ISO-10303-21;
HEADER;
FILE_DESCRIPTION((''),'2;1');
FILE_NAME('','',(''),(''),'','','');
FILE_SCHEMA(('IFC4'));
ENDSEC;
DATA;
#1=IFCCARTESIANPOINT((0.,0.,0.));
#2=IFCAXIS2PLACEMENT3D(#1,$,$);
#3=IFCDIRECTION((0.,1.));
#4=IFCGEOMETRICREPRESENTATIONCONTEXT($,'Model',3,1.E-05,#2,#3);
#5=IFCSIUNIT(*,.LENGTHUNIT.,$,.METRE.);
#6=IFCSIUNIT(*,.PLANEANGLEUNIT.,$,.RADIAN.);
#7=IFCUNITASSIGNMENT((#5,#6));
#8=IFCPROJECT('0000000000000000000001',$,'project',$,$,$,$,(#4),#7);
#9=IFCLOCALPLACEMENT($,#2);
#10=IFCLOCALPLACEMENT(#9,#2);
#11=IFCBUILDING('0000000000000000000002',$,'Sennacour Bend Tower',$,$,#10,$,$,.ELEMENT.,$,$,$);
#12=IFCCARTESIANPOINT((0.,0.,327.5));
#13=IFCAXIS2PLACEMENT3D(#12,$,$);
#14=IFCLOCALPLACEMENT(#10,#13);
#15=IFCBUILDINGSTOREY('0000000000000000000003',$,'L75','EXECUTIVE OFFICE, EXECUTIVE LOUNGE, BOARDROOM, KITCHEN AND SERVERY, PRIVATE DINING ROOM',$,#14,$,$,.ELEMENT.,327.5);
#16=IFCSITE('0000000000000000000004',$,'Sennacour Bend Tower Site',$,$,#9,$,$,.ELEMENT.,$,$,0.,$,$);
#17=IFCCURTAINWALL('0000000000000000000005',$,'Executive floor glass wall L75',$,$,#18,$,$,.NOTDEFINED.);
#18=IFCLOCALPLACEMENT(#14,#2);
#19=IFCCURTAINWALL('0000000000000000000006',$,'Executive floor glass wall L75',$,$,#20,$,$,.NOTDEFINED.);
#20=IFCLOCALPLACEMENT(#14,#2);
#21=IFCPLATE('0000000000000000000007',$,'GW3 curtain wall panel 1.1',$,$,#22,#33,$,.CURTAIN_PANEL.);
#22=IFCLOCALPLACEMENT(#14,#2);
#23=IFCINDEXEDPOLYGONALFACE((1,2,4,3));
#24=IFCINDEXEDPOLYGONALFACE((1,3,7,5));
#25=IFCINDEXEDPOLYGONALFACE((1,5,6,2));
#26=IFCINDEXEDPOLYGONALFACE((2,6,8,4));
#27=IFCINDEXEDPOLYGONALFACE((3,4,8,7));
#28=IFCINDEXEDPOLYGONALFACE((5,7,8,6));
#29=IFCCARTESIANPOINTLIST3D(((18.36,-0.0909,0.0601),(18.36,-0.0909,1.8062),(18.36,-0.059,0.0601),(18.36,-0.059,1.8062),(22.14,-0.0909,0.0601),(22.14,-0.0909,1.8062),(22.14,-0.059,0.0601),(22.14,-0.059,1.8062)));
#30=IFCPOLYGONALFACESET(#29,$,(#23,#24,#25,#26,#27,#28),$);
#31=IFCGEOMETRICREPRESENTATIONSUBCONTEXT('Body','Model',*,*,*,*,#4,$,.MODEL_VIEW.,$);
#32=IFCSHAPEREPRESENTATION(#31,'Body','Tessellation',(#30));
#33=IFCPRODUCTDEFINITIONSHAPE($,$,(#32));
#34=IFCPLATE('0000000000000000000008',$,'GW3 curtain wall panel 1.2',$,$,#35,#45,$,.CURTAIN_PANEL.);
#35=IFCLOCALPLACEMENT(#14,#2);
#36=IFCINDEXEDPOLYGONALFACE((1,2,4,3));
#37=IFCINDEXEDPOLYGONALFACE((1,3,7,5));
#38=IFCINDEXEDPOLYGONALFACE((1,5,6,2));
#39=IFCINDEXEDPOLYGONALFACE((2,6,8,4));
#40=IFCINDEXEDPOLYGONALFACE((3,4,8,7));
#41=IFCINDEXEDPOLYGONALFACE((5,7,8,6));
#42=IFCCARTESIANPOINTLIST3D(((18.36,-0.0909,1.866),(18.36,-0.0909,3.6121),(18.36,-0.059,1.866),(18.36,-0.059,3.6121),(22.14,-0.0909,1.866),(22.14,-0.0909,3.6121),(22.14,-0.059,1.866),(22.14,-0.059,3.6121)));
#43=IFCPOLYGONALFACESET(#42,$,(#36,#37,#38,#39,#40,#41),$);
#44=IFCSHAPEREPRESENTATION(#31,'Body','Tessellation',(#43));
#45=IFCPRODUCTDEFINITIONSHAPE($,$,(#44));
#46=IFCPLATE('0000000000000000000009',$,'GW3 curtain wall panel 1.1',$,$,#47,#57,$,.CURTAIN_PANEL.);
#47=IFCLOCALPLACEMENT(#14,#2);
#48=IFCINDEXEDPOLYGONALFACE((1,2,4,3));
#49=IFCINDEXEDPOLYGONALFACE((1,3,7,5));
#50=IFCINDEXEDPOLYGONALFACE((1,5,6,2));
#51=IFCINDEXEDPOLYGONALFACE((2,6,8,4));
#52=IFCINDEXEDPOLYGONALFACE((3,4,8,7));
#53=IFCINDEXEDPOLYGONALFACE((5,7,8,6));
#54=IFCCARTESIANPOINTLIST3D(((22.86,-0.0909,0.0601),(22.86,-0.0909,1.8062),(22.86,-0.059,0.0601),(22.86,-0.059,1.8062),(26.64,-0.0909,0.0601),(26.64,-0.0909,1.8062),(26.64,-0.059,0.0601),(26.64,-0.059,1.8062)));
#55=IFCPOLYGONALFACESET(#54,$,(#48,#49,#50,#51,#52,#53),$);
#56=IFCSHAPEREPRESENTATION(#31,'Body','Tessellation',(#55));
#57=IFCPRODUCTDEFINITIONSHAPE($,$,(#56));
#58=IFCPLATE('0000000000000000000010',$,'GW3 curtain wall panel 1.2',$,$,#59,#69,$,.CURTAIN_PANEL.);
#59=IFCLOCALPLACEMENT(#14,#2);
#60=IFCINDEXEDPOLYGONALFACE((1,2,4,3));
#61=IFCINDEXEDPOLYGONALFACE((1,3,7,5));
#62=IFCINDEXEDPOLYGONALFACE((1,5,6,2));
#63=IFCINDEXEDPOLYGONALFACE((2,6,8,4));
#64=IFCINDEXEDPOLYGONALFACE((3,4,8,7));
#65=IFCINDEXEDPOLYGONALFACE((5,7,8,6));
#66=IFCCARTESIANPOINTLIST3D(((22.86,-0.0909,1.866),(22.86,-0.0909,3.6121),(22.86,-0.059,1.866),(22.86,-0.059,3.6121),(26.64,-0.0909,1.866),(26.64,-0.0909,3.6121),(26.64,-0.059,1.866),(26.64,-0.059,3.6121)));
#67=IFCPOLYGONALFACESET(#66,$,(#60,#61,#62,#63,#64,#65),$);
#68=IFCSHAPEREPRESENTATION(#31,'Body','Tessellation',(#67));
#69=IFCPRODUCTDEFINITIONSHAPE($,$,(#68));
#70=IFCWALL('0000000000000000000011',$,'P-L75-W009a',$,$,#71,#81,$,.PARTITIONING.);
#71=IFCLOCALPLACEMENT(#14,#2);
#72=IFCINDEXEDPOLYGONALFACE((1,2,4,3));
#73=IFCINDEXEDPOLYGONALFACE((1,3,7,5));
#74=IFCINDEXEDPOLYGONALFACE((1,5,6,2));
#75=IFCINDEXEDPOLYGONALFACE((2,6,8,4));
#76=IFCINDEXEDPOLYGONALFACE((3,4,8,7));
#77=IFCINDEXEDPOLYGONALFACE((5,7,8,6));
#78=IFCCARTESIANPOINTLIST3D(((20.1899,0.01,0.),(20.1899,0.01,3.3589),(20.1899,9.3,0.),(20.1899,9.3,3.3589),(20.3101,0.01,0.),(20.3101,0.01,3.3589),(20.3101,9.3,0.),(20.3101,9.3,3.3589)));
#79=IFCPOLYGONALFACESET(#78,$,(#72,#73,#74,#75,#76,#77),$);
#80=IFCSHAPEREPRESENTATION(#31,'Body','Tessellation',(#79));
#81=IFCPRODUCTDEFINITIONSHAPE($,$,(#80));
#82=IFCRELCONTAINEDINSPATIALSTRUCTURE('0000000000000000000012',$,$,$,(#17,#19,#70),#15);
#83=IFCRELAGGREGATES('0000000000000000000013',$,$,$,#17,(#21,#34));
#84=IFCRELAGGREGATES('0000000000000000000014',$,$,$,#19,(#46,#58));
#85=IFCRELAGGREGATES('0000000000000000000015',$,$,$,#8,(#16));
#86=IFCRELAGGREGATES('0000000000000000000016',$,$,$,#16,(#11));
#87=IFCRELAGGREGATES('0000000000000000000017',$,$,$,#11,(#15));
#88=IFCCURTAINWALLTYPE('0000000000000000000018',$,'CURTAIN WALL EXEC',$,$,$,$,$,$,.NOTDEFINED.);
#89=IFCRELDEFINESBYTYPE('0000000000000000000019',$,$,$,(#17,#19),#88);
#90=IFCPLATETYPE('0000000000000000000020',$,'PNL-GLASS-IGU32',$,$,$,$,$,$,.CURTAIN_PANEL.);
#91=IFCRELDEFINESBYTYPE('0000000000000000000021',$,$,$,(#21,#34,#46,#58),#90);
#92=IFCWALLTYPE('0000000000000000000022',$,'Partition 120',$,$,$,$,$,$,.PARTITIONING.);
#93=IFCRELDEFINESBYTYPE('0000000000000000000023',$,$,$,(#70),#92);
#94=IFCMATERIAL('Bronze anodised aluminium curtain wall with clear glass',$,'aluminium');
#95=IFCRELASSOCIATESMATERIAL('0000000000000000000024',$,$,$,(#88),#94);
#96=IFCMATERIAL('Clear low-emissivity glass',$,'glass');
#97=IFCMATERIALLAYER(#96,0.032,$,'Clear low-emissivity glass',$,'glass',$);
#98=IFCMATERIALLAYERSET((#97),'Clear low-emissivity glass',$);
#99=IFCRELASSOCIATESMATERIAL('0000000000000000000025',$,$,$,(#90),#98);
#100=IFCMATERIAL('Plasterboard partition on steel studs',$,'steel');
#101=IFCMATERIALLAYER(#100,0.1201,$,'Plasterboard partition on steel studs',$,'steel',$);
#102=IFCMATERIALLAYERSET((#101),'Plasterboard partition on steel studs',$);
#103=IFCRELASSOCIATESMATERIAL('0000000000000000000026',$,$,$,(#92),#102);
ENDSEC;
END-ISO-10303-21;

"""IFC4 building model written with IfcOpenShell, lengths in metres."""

from ifc_helpers import new_model, si_unit, direction, frame, frame_2d, origin, origin_2d, place, context, subcontext, project, spatial, rectangle, extrude, material, layer, layer_set, type_object, element, aggregate, save


model = new_model("IFC4")

# Units and contexts
model_context = context("Model", 3, precision=1e-05, world=origin(), true_north=direction((0.0, 1.0)))
body_context = subcontext(model_context, "Body", "Model", "MODEL_VIEW")
ifc_project = project(units=[si_unit("LENGTHUNIT", "METRE"), si_unit("PLANEANGLEUNIT", "RADIAN")], contexts=[model_context])

# Site, building, storey
site_placement = place(None, origin())
site = spatial("IfcSite", under=ifc_project, at=site_placement, Name="Sennacour Bend Tower Site", CompositionType="ELEMENT", RefElevation=0.0)
building_placement = place(site_placement, origin())
building = spatial("IfcBuilding", under=site, at=building_placement, Name="Sennacour Bend Tower", CompositionType="ELEMENT")
storey_placement = place(building_placement, frame((0.0, 0.0, 327.5)))
storey = spatial("IfcBuildingStorey", under=building, at=storey_placement, Name="L75", Description="EXECUTIVE OFFICE, EXECUTIVE LOUNGE, BOARDROOM, KITCHEN AND SERVERY, PRIVATE DINING ROOM", CompositionType="ELEMENT", Elevation=327.5)

# Curtain walls
ifc_material_1 = material(Name="Bronze anodised aluminium curtain wall with clear glass", Category="aluminium")
curtain_wall_type = type_object("IfcCurtainWallType", Name="CURTAIN WALL EXEC", PredefinedType="NOTDEFINED", material=ifc_material_1)
curtain_wall_1_placement = place(storey_placement, origin())
curtain_wall_1 = element("IfcCurtainWall", 1, at=curtain_wall_1_placement, inside=storey, type_object=curtain_wall_type, Name="Executive floor glass wall L75", PredefinedType="NOTDEFINED")
curtain_wall_2_placement = place(storey_placement, origin())
curtain_wall_2 = element("IfcCurtainWall", 2, at=curtain_wall_2_placement, inside=storey, type_object=curtain_wall_type, Name="Executive floor glass wall L75", PredefinedType="NOTDEFINED")

# Plates
ifc_material_2 = material(Name="Clear low-emissivity glass", Category="glass")
ifc_layer_1 = layer(ifc_material_2, 0.032, Name="Clear low-emissivity glass", Category="glass")
ifc_layer_set_1 = layer_set([ifc_layer_1], Name="Clear low-emissivity glass")
plate_type = type_object("IfcPlateType", Name="PNL-GLASS-IGU32", PredefinedType="CURTAIN_PANEL", material=ifc_layer_set_1)
plate_1_placement = place(storey_placement, frame((20.25, -0.075, 0.0601), z_axis=(0.0, 0.0, 1.0), x_axis=(1.0, 0.0, 0.0)))
plate_1 = element("IfcPlate", 3, at=plate_1_placement, type_object=plate_type, Name="GW3 curtain wall panel 1.1", PredefinedType="CURTAIN_PANEL", context=body_context, shape_type="SweptSolid", body=[
    extrude(rectangle(XDim=3.78, YDim=0.032, at=origin_2d()), origin(), (0.0, 0.0, 1.0), 1.7461),
])
plate_2_placement = place(storey_placement, frame((20.25, -0.075, 1.866), z_axis=(0.0, 0.0, 1.0), x_axis=(1.0, 0.0, 0.0)))
plate_2 = element("IfcPlate", 4, at=plate_2_placement, type_object=plate_type, Name="GW3 curtain wall panel 1.2", PredefinedType="CURTAIN_PANEL", context=body_context, shape_type="SweptSolid", body=[
    extrude(rectangle(XDim=3.78, YDim=0.032, at=origin_2d()), origin(), (0.0, 0.0, 1.0), 1.7461),
])
aggregate(curtain_wall_1, [plate_1, plate_2])
plate_3_placement = place(storey_placement, frame((24.75, -0.075, 0.0601), z_axis=(0.0, 0.0, 1.0), x_axis=(1.0, 0.0, 0.0)))
plate_3 = element("IfcPlate", 5, at=plate_3_placement, type_object=plate_type, Name="GW3 curtain wall panel 1.1", PredefinedType="CURTAIN_PANEL", context=body_context, shape_type="SweptSolid", body=[
    extrude(rectangle(XDim=3.78, YDim=0.032, at=origin_2d()), origin(), (0.0, 0.0, 1.0), 1.7461),
])
plate_4_placement = place(storey_placement, frame((24.75, -0.075, 1.866), z_axis=(0.0, 0.0, 1.0), x_axis=(1.0, 0.0, 0.0)))
plate_4 = element("IfcPlate", 6, at=plate_4_placement, type_object=plate_type, Name="GW3 curtain wall panel 1.2", PredefinedType="CURTAIN_PANEL", context=body_context, shape_type="SweptSolid", body=[
    extrude(rectangle(XDim=3.78, YDim=0.032, at=origin_2d()), origin(), (0.0, 0.0, 1.0), 1.7461),
])
aggregate(curtain_wall_2, [plate_3, plate_4])

# Wall
ifc_material_3 = material(Name="Plasterboard partition on steel studs", Category="steel")
ifc_layer_2 = layer(ifc_material_3, 0.1201, Name="Plasterboard partition on steel studs", Category="steel")
ifc_layer_set_2 = layer_set([ifc_layer_2], Name="Plasterboard partition on steel studs")
wall_type = type_object("IfcWallType", Name="Partition 120", PredefinedType="PARTITIONING", material=ifc_layer_set_2)
wall_placement = place(storey_placement, frame((20.25, 0.01, 0.0), z_axis=(0.0, 0.0, 1.0), x_axis=(0.0, 1.0, 0.0)))
element("IfcWall", 7, at=wall_placement, inside=storey, type_object=wall_type, Name="P-L75-W009a", PredefinedType="PARTITIONING", context=body_context, shape_type="SweptSolid", body=[
    extrude(rectangle(XDim=9.29, YDim=0.1201, at=frame_2d((4.645, 0.0))), origin(), (0.0, 0.0, 1.0), 3.3589),
])

save(model, "model.ifc")
